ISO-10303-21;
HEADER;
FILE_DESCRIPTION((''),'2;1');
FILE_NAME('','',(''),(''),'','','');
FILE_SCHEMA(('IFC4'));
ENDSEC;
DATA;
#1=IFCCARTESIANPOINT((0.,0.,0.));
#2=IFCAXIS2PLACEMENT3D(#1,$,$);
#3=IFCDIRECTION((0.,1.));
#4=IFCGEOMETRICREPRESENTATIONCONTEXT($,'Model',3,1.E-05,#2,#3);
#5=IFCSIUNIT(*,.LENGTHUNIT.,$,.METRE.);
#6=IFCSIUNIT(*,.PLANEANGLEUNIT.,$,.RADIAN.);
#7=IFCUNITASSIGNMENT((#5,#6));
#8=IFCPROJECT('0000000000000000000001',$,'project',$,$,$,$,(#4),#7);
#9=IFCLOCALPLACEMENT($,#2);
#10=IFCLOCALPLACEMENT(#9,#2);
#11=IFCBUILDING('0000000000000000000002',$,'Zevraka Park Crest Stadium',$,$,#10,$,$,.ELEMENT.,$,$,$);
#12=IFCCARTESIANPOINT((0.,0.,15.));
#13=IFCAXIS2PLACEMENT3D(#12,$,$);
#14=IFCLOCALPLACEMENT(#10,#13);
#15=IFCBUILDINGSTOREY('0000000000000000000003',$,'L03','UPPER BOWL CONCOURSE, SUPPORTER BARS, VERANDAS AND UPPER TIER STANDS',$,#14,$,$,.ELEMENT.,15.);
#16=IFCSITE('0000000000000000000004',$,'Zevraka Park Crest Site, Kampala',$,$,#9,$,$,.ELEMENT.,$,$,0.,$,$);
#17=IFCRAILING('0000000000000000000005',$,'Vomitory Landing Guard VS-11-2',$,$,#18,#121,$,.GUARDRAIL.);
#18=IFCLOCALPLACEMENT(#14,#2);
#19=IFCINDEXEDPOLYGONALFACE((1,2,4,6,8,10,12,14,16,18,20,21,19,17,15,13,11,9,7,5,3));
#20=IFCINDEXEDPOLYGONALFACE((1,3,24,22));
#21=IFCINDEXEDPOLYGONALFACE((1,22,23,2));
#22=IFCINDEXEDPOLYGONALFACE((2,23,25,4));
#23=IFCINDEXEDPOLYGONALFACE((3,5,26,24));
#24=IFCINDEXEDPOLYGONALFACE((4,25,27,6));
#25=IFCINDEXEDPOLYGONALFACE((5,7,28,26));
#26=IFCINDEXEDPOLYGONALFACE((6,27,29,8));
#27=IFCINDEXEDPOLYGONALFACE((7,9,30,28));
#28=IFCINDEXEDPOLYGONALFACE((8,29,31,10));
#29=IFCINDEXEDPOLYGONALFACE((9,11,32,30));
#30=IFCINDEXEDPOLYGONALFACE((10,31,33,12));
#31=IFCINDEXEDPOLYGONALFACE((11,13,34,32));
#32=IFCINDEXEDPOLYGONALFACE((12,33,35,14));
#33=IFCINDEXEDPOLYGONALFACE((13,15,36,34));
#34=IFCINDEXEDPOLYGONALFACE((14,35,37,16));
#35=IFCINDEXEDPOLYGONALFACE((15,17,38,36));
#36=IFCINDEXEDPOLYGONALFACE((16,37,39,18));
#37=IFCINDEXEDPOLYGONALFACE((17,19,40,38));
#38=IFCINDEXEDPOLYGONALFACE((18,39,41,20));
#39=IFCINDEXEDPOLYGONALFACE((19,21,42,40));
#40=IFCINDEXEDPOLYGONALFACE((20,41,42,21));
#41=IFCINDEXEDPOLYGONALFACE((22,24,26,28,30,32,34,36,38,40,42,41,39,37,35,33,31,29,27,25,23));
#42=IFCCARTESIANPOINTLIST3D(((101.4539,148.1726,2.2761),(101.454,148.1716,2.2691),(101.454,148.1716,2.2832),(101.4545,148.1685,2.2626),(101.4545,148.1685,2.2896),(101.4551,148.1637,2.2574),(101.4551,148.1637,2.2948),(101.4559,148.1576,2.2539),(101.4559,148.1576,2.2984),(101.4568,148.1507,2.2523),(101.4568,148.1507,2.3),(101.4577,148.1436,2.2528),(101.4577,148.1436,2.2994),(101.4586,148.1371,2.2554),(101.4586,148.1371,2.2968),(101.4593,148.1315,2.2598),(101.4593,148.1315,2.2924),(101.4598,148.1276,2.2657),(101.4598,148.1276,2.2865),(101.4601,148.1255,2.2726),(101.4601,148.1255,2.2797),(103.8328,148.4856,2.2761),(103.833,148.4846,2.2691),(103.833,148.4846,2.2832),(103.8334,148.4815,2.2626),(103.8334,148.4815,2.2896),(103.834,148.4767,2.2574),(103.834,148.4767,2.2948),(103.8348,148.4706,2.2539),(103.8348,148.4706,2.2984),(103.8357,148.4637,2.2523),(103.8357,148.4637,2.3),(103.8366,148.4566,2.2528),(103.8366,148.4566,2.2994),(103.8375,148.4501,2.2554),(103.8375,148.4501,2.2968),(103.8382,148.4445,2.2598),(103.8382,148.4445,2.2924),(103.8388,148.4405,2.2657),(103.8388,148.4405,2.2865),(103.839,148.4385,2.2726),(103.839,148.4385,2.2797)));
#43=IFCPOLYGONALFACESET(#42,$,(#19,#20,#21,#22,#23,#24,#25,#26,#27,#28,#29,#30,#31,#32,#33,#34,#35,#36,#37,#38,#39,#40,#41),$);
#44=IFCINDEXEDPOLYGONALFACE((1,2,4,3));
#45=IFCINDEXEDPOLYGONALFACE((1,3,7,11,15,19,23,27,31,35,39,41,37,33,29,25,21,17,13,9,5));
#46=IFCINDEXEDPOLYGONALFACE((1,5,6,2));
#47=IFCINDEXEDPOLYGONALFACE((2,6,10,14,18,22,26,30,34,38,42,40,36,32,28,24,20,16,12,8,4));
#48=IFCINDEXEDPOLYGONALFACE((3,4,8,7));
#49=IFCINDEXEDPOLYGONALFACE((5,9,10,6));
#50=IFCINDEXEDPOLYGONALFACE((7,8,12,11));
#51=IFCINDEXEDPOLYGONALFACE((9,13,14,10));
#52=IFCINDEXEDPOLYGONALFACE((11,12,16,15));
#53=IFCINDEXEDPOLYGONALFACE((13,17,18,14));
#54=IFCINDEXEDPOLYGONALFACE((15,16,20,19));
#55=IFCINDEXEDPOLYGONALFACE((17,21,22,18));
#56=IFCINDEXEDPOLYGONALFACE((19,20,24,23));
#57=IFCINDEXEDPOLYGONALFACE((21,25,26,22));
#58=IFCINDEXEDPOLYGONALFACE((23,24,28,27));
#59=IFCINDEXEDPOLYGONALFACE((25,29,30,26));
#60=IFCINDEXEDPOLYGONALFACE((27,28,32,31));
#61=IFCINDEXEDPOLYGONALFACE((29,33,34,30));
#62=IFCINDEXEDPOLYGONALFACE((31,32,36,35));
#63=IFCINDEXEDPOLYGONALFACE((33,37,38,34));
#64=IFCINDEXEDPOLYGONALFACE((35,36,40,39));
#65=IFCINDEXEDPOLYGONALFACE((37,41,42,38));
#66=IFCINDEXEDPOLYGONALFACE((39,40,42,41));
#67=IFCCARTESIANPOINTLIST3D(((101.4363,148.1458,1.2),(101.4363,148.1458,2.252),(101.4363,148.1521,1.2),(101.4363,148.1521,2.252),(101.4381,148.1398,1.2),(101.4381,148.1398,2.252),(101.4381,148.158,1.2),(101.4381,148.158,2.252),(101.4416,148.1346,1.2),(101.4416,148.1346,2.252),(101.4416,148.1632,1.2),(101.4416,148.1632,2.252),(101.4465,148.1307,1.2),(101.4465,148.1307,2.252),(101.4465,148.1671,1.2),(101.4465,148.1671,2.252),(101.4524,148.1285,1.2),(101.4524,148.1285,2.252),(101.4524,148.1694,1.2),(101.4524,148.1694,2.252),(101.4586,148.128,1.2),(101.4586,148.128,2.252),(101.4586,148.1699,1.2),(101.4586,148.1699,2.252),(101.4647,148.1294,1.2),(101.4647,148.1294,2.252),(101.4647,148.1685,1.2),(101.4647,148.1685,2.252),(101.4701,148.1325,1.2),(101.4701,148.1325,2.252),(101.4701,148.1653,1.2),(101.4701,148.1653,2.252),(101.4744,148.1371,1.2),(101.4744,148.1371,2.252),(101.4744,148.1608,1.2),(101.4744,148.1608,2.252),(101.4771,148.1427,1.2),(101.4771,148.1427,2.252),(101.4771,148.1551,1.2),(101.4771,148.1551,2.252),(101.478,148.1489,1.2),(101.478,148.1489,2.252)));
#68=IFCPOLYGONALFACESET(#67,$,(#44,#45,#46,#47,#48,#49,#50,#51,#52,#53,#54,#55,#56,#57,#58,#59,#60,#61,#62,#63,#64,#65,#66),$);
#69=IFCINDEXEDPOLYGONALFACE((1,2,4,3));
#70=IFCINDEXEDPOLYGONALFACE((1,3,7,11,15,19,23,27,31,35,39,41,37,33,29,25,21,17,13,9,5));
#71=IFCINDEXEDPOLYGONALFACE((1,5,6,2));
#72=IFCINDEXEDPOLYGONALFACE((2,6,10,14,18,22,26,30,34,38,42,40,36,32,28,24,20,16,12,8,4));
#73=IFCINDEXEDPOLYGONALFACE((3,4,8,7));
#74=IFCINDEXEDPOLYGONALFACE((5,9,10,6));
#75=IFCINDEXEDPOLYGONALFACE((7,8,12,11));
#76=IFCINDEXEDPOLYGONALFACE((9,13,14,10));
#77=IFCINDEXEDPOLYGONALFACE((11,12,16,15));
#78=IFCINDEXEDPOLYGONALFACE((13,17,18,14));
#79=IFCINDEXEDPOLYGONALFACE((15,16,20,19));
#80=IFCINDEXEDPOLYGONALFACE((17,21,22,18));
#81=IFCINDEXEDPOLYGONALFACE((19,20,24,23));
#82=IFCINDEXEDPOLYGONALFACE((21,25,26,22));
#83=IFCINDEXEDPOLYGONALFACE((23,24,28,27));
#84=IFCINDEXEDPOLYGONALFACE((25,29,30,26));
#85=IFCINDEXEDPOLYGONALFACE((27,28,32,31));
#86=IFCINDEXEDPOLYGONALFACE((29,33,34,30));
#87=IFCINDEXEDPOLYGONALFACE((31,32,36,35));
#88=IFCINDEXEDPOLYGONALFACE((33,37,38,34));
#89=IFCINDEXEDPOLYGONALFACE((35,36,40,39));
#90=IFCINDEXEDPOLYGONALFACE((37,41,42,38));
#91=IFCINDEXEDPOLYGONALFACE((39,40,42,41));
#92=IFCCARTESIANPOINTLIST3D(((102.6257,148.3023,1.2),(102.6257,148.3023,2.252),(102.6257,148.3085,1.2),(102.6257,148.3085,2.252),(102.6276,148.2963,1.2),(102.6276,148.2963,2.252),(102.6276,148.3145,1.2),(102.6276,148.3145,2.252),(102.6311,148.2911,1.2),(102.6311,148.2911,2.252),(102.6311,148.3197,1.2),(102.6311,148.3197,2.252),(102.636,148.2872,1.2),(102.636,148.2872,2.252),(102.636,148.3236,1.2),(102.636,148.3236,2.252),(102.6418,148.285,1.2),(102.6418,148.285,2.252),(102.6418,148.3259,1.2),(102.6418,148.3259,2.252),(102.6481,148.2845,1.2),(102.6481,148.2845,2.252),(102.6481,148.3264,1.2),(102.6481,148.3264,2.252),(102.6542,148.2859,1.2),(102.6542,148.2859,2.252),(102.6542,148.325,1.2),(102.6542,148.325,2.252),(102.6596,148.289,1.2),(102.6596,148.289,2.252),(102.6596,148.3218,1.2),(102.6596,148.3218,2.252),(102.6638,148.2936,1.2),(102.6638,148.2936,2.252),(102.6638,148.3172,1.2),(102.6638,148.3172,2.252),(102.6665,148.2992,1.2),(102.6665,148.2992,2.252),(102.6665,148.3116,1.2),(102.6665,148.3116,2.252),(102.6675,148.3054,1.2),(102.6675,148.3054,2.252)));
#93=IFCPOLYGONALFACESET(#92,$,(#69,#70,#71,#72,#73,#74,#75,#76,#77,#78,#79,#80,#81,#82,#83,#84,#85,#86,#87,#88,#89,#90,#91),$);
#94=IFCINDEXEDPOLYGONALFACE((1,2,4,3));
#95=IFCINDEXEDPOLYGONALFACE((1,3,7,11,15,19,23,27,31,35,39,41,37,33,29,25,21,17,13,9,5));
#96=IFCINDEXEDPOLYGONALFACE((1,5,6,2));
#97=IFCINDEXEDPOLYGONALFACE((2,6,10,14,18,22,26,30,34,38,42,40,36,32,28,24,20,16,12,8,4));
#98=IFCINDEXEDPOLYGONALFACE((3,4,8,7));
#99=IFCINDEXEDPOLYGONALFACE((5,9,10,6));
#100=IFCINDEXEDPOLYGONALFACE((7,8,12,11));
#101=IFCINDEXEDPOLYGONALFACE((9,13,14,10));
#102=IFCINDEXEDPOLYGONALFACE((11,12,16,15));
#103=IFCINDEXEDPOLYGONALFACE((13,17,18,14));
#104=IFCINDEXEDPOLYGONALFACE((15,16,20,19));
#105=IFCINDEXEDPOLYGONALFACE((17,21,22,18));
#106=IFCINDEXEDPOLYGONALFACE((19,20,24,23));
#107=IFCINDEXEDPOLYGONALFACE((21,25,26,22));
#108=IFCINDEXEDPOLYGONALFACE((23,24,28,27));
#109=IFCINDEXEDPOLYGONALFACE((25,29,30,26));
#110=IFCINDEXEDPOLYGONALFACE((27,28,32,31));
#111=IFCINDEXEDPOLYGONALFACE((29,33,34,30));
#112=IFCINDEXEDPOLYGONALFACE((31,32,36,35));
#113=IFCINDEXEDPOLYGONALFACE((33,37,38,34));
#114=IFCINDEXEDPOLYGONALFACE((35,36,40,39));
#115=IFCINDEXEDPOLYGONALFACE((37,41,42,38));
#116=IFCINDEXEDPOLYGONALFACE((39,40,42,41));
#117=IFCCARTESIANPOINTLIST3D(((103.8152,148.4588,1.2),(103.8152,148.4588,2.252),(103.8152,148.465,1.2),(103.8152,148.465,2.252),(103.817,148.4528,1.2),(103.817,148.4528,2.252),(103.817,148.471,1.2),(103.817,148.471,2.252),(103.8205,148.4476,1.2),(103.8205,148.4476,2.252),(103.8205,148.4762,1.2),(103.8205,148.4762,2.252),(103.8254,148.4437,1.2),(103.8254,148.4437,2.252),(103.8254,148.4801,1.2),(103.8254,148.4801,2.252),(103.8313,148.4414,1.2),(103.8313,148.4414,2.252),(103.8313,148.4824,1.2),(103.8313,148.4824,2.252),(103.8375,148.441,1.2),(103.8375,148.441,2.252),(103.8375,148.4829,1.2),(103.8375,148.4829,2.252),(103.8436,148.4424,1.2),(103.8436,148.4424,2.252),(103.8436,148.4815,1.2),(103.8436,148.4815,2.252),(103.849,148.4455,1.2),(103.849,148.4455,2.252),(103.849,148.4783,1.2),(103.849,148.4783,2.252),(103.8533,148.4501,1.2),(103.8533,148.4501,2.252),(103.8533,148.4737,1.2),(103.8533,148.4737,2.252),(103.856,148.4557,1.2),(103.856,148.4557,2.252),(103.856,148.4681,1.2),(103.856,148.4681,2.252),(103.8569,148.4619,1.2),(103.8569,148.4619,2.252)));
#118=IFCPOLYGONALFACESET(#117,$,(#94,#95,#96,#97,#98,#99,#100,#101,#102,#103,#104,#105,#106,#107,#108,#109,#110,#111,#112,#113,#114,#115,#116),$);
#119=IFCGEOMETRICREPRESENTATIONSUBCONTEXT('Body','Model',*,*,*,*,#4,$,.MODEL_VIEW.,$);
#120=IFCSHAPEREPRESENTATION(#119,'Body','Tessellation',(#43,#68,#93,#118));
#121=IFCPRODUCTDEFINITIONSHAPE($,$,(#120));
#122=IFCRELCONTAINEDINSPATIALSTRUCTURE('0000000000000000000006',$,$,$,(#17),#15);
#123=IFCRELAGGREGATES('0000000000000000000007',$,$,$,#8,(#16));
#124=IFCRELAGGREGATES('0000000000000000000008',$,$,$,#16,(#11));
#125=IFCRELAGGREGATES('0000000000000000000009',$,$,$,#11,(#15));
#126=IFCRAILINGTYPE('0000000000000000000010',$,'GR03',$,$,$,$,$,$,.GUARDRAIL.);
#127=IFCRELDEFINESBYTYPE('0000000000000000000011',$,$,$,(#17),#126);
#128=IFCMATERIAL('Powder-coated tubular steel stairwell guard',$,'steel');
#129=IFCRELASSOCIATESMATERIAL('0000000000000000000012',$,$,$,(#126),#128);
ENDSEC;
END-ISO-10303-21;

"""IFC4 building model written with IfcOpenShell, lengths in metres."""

from ifc_helpers import new_model, si_unit, direction, frame, origin, origin_2d, place, context, subcontext, project, spatial, circle, extrude, material, type_object, element, save


model = new_model("IFC4")

# Units and contexts
model_context = context("Model", 3, precision=1e-05, world=origin(), true_north=direction((0.0, 1.0)))
body_context = subcontext(model_context, "Body", "Model", "MODEL_VIEW")
ifc_project = project(units=[si_unit("LENGTHUNIT", "METRE"), si_unit("PLANEANGLEUNIT", "RADIAN")], contexts=[model_context])

# Site, building, storey
site_placement = place(None, origin())
site = spatial("IfcSite", under=ifc_project, at=site_placement, Name="Zevraka Park Crest Site, Kampala", CompositionType="ELEMENT", RefElevation=0.0)
building_placement = place(site_placement, origin())
building = spatial("IfcBuilding", under=site, at=building_placement, Name="Zevraka Park Crest Stadium", CompositionType="ELEMENT")
storey_placement = place(building_placement, frame((0.0, 0.0, 15.0)))
storey = spatial("IfcBuildingStorey", under=building, at=storey_placement, Name="L03", Description="UPPER BOWL CONCOURSE, SUPPORTER BARS, VERANDAS AND UPPER TIER STANDS", CompositionType="ELEMENT", Elevation=15.0)

# Railing
ifc_material_1 = material(Name="Powder-coated tubular steel stairwell guard", Category="steel")
railing_type_1 = type_object("IfcRailingType", Name="GR03", PredefinedType="GUARDRAIL", material=ifc_material_1)
railing_1_placement = place(storey_placement, frame((101.457, 148.1489, 1.2)))
element("IfcRailing", 1, at=railing_1_placement, inside=storey, type_object=railing_type_1, Name="Vomitory Landing Guard VS-11-2", PredefinedType="GUARDRAIL", context=body_context, shape_type="SweptSolid", body=[
    extrude(circle(Radius=0.0239, at=origin_2d()), frame((0.0, 0.0, 1.0762), z_axis=(0.991456, 0.130444, 0.0), x_axis=(-0.130444, 0.991456, 0.0)), (0.0, 0.0, 1.0), 2.3994),
    extrude(circle(Radius=0.021, at=origin_2d()), origin(), (0.0, 0.0, 1.0), 1.052),
    extrude(circle(Radius=0.021, at=origin_2d()), frame((1.1895, 0.1565, 0.0)), (0.0, 0.0, 1.0), 1.052),
    extrude(circle(Radius=0.021, at=origin_2d()), frame((2.3789, 0.313, 0.0)), (0.0, 0.0, 1.0), 1.052),
])

save(model, "model.ifc")
